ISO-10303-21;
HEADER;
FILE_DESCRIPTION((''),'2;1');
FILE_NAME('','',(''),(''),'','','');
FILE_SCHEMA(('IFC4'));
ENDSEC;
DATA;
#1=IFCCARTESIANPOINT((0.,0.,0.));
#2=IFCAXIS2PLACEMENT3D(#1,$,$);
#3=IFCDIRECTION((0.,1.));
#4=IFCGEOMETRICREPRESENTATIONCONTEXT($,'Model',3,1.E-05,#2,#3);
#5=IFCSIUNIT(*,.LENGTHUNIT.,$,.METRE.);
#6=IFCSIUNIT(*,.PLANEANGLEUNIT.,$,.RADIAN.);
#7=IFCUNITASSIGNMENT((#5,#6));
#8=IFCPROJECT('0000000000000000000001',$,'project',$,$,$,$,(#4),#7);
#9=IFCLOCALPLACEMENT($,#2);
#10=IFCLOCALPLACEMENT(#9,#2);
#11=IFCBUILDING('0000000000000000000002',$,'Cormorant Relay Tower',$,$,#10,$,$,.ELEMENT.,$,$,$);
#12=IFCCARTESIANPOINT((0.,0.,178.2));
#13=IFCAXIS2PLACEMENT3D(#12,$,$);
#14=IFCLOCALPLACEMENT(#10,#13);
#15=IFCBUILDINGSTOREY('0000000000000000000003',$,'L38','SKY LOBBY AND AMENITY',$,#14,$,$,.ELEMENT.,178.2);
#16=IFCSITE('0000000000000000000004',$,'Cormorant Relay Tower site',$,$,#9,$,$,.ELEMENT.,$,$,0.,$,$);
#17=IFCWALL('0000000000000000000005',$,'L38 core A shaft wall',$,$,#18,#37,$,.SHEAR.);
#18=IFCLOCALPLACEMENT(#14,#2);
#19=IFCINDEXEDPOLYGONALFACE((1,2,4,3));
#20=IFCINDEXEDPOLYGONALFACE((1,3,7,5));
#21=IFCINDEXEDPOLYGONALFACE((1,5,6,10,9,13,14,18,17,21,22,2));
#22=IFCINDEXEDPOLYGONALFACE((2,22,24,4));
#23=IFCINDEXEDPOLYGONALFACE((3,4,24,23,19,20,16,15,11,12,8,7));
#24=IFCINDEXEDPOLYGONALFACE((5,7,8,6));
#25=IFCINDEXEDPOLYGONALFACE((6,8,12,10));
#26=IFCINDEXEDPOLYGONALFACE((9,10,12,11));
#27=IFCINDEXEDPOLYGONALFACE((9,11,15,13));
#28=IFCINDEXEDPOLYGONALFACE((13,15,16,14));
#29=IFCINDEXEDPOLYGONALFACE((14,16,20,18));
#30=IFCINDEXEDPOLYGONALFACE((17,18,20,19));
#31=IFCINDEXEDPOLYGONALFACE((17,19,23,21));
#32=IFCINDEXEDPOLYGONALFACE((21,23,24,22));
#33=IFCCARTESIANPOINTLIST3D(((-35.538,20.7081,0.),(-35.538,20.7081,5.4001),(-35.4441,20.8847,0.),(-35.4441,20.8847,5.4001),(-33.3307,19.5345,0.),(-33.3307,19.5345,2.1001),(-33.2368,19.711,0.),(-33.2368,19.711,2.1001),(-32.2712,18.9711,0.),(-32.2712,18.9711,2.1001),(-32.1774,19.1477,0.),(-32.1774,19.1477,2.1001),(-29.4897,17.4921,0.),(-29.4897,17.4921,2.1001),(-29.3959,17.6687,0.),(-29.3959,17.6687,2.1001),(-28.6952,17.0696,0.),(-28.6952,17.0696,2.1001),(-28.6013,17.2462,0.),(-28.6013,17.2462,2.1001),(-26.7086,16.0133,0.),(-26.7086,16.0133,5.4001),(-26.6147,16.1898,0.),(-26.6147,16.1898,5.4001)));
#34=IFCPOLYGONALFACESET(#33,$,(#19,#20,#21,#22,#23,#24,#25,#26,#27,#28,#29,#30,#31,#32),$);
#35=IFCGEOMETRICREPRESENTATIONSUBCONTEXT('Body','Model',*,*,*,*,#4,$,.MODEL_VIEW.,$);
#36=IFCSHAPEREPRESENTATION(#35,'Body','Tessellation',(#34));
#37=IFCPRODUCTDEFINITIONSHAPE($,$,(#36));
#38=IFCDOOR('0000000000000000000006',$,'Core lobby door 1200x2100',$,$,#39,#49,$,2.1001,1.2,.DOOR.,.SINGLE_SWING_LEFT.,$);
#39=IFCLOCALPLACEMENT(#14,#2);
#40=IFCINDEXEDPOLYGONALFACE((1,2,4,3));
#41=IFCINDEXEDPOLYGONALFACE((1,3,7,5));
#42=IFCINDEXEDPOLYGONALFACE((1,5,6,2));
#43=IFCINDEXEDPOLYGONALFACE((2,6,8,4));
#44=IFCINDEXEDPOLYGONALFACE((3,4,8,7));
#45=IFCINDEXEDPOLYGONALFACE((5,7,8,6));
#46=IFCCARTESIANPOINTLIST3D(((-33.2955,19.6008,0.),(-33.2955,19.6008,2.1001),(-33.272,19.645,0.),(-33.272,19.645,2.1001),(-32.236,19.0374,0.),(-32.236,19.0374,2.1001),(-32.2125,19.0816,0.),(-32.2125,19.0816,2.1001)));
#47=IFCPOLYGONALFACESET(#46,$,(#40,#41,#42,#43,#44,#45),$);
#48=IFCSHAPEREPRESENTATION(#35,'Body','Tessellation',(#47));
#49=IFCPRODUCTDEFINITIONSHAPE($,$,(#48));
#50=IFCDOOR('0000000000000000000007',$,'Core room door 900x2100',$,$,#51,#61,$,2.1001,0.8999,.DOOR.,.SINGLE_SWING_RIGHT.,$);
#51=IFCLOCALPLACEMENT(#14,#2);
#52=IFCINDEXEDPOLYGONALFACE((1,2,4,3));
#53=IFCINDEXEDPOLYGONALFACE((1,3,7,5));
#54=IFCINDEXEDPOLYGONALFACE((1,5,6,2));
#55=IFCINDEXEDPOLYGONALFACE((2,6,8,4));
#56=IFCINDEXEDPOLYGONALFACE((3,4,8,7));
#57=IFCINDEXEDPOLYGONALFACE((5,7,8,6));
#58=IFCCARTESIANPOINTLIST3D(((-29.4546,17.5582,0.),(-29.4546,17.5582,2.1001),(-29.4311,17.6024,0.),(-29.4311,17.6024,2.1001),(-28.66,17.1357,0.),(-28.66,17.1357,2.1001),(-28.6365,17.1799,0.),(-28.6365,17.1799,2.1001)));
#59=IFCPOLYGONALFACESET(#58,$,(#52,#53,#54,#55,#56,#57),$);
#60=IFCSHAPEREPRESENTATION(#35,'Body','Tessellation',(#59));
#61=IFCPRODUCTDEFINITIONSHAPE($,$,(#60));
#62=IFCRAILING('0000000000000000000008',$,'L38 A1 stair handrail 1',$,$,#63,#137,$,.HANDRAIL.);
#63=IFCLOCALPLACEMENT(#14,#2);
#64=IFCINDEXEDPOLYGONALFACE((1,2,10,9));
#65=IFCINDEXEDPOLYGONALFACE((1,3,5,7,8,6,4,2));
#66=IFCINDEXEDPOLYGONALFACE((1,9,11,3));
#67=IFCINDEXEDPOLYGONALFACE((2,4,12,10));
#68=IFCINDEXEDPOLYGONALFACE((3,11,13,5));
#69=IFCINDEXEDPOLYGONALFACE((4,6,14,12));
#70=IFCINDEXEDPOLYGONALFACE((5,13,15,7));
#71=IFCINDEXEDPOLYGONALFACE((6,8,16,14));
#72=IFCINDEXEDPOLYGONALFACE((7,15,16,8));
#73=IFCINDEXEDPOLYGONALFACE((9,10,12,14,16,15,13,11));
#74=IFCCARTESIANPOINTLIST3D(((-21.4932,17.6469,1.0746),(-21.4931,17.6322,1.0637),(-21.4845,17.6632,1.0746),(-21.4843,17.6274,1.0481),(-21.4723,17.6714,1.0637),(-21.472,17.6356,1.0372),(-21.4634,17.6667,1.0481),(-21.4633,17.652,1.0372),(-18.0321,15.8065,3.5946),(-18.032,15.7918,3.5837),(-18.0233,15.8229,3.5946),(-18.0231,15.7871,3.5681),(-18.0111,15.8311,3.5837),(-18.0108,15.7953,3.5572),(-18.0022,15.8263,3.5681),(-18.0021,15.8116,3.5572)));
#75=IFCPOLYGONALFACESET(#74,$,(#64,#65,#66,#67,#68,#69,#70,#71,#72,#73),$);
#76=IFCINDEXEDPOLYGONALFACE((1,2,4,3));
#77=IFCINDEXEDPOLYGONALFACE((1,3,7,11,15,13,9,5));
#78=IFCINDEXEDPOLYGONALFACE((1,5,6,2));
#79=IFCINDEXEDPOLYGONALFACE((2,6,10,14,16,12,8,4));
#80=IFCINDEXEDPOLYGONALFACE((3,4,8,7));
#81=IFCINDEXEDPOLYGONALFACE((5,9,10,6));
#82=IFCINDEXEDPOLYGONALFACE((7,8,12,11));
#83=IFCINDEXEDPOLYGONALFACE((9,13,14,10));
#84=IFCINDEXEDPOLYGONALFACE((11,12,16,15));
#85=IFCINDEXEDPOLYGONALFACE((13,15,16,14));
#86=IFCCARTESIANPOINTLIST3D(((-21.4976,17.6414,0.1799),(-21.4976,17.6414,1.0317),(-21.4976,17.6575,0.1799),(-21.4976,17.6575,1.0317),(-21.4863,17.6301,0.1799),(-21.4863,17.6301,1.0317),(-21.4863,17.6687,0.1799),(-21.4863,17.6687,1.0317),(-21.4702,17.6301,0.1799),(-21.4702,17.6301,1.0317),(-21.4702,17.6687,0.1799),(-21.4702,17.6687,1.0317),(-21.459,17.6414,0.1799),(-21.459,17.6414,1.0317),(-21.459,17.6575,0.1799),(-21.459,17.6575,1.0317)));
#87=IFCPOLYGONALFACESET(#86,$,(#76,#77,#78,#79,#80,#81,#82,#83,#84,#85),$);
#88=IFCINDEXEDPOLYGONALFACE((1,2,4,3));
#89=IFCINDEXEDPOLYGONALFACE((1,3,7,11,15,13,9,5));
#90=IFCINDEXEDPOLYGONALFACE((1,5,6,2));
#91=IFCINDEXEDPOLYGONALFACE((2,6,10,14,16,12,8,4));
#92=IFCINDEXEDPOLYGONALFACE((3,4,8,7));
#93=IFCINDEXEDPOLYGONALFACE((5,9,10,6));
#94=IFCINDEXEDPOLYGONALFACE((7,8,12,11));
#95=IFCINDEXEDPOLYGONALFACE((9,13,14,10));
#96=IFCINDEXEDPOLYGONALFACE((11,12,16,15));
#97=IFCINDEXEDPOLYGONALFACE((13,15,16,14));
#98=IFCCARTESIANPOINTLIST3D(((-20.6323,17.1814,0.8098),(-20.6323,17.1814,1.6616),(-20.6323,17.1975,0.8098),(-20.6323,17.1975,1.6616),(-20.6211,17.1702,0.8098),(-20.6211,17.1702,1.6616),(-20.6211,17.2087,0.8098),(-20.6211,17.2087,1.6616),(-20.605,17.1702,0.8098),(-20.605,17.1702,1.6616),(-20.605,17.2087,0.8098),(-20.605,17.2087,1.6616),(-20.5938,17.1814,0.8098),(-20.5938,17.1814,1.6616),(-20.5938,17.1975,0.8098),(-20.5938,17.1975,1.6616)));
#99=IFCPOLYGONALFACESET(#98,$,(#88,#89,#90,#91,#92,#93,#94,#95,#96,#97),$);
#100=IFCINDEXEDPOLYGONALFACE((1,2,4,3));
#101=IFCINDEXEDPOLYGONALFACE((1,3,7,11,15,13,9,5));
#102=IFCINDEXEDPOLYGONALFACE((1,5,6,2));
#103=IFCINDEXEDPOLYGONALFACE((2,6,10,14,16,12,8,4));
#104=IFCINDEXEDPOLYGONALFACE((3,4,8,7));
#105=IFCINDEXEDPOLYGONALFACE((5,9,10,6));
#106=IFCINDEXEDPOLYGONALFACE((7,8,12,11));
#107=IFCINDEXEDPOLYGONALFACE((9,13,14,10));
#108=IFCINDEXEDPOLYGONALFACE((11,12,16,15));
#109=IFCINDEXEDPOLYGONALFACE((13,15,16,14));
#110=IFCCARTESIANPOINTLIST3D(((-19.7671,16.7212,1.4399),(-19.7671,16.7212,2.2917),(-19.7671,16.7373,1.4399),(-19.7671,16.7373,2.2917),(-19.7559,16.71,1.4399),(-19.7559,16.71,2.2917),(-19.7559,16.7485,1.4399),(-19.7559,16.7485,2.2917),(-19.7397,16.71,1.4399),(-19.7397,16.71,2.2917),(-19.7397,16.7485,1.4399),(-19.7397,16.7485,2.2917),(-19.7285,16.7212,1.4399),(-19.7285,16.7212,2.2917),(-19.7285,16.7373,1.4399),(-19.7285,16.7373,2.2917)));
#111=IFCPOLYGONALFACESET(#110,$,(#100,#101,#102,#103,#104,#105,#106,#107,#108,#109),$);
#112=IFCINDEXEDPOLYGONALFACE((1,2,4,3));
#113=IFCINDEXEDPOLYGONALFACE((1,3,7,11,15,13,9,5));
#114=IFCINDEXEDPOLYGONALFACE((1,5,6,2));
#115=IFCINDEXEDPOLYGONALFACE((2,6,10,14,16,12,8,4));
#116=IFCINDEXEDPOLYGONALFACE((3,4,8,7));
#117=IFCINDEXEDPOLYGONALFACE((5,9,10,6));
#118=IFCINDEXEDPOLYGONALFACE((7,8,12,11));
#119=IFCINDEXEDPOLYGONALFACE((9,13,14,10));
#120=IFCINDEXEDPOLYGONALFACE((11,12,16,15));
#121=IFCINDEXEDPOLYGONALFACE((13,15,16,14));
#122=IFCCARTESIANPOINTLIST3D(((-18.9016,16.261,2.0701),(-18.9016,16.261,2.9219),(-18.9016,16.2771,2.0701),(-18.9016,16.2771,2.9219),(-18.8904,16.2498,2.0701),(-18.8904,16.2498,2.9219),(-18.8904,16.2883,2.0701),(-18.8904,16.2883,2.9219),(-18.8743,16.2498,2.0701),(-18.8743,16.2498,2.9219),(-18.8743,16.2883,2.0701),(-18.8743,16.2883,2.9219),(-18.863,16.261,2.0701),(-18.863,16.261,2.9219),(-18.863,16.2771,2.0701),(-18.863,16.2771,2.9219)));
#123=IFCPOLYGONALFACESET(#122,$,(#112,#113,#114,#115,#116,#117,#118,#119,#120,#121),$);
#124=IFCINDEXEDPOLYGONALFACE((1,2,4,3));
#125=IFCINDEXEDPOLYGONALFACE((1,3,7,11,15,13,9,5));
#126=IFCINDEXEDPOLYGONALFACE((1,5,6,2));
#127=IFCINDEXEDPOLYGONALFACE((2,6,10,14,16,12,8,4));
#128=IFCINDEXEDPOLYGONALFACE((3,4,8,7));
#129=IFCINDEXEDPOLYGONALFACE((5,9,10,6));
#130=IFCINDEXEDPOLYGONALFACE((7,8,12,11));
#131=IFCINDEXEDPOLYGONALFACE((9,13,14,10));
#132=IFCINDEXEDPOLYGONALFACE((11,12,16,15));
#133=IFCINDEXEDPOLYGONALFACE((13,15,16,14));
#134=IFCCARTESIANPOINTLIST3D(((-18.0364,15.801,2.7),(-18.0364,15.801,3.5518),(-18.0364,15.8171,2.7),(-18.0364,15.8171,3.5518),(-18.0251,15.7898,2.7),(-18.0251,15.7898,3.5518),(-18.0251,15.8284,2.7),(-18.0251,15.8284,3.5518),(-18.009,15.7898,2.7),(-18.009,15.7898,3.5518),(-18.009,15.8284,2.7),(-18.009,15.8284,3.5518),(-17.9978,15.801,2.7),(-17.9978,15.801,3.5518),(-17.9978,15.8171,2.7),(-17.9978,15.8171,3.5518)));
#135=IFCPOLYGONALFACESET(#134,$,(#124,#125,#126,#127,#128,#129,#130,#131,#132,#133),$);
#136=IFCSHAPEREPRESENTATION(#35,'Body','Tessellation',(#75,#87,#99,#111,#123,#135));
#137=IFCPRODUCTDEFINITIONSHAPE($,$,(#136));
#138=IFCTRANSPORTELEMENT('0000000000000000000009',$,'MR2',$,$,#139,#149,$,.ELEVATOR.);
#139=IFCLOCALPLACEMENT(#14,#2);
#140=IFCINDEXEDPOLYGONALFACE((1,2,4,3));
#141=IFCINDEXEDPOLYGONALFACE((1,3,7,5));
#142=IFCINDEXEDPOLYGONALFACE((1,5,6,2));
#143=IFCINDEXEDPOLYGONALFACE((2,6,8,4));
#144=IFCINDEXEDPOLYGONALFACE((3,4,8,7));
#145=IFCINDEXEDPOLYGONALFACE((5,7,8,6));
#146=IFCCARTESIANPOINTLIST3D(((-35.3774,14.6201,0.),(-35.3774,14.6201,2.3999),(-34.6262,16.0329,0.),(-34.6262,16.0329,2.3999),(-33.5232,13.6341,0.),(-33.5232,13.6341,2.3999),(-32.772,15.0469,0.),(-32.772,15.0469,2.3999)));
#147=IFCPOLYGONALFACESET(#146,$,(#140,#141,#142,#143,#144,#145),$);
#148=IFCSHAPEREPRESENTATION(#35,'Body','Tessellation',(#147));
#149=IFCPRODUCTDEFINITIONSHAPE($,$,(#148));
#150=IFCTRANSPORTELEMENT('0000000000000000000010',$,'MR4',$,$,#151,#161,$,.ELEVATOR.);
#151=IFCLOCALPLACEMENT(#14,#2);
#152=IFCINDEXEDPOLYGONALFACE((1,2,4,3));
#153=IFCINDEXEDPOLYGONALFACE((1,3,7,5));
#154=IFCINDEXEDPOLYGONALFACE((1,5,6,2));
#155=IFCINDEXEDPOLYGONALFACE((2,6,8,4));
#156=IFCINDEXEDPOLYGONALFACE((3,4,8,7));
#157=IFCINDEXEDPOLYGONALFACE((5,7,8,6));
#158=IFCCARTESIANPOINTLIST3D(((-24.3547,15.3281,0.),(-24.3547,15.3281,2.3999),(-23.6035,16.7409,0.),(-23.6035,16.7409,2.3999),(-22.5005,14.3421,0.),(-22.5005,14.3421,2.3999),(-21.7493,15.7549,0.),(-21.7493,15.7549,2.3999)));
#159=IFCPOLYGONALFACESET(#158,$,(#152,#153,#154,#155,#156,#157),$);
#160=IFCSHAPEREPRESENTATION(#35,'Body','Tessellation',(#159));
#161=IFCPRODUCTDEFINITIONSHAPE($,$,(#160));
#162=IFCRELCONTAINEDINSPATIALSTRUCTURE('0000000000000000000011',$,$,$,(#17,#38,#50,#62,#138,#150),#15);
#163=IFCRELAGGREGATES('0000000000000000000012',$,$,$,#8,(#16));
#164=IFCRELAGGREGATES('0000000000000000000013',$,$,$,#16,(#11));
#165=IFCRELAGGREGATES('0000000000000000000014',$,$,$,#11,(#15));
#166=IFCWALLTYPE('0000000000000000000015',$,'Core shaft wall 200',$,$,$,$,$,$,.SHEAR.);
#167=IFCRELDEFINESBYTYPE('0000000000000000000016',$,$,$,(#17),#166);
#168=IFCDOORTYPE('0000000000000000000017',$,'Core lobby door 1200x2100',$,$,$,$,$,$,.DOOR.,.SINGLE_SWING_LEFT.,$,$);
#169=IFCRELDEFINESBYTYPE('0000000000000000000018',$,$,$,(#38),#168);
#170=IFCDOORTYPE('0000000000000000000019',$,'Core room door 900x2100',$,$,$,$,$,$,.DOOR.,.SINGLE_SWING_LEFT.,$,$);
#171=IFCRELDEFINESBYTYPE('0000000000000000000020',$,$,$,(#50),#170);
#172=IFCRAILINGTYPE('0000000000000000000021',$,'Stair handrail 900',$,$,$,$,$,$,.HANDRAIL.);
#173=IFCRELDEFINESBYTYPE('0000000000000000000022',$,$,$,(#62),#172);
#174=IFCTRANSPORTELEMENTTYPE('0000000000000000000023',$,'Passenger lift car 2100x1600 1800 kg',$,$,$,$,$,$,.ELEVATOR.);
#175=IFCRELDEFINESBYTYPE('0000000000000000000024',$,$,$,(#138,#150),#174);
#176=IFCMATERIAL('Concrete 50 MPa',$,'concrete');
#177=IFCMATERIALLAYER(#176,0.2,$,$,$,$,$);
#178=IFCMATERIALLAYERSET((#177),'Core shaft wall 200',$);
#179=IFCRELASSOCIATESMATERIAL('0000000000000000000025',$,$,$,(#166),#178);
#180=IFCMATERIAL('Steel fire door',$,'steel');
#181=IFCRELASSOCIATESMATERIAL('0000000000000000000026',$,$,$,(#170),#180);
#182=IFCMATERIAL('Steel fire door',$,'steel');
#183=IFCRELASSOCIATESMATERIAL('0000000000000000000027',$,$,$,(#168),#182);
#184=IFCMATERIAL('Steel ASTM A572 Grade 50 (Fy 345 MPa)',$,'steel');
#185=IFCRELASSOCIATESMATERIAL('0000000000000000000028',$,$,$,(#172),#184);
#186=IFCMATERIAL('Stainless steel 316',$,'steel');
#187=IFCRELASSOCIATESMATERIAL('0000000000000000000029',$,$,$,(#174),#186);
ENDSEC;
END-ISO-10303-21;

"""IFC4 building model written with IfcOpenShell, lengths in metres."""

from ifc_helpers import new_model, si_unit, direction, frame, frame_2d, origin, origin_2d, place, context, subcontext, project, spatial, polyline, rectangle, outline, extrude, material, layer, layer_set, type_object, element, fill, save


model = new_model("IFC4")

# Units and contexts
model_context = context("Model", 3, precision=1e-05, world=origin(), true_north=direction((0.0, 1.0)))
body_context = subcontext(model_context, "Body", "Model", "MODEL_VIEW")
ifc_project = project(units=[si_unit("LENGTHUNIT", "METRE"), si_unit("PLANEANGLEUNIT", "RADIAN")], contexts=[model_context])

# Site, building, storey
site_placement = place(None, origin())
site = spatial("IfcSite", under=ifc_project, at=site_placement, Name="Cormorant Relay Tower site", CompositionType="ELEMENT", RefElevation=0.0)
building_placement = place(site_placement, origin())
building = spatial("IfcBuilding", under=site, at=building_placement, Name="Cormorant Relay Tower", CompositionType="ELEMENT")
storey_placement = place(building_placement, frame((0.0, 0.0, 178.2)))
storey = spatial("IfcBuildingStorey", under=building, at=storey_placement, Name="L38", Description="SKY LOBBY AND AMENITY", CompositionType="ELEMENT", Elevation=178.2)

# Shared definitions
ifc_material_1 = material(Name="Concrete 50 MPa", Category="concrete")
ifc_layer_1 = layer(ifc_material_1, 0.2)
ifc_layer_set_1 = layer_set([ifc_layer_1], Name="Core shaft wall 200")
wall_type_1 = type_object("IfcWallType", Name="Core shaft wall 200", PredefinedType="SHEAR", material=ifc_layer_set_1)
ifc_material_2 = material(Name="Steel fire door", Category="steel")
door_type_1 = type_object("IfcDoorType", Name="Core room door 900x2100", OperationType="SINGLE_SWING_LEFT", PredefinedType="DOOR", material=ifc_material_2)

# Wall, openings, doors
wall_1_placement = place(storey_placement, frame((-26.6616, 16.1016, 0.0), z_axis=(0.0, 0.0, 1.0), x_axis=(-0.88294, 0.469485, 0.0)))
wall_1 = element("IfcWall", 1, at=wall_1_placement, inside=storey, type_object=wall_type_1, Name="L38 core A shaft wall", PredefinedType="SHEAR", context=body_context, shape_type="SweptSolid", body=[
    extrude(rectangle(XDim=10.0, YDim=0.2, at=frame_2d((5.0, 0.0))), origin(), (0.0, 0.0, 1.0), 5.4001),
])
opening_1_placement = place(wall_1_placement, frame((6.3, 0.0, 0.0)))
opening_1 = element("IfcOpeningElement", 2, at=opening_1_placement, cuts=wall_1, PredefinedType="OPENING", context=body_context, shape_type="SweptSolid", body=[
    extrude(rectangle(XDim=1.2, YDim=2.1001, at=frame_2d((0.6001, 1.05))), frame((0.0, 0.1099, 0.0), z_axis=(0.0, -1.0, 0.0), x_axis=(1.0, 0.0, 0.0)), (0.0, 0.0, 1.0), 0.22),
])
opening_2_placement = place(wall_1_placement, frame((2.25, 0.0, 0.0)))
opening_2 = element("IfcOpeningElement", 3, at=opening_2_placement, cuts=wall_1, PredefinedType="OPENING", context=body_context, shape_type="SweptSolid", body=[
    extrude(rectangle(XDim=0.8999, YDim=2.1001, at=frame_2d((0.45, 1.05))), frame((0.0, 0.1099, 0.0), z_axis=(0.0, -1.0, 0.0), x_axis=(1.0, 0.0, 0.0)), (0.0, 0.0, 1.0), 0.22),
])
ifc_material_3 = material(Name="Steel fire door", Category="steel")
door_type_2 = type_object("IfcDoorType", Name="Core lobby door 1200x2100", OperationType="SINGLE_SWING_LEFT", PredefinedType="DOOR", material=ifc_material_3)
door_1_placement = place(opening_1_placement, origin())
door_1 = element("IfcDoor", 4, at=door_1_placement, inside=storey, type_object=door_type_2, Name="Core lobby door 1200x2100", OperationType="SINGLE_SWING_LEFT", OverallHeight=2.1001, OverallWidth=1.2, PredefinedType="DOOR", context=body_context, shape_type="SweptSolid", body=[
    extrude(rectangle(XDim=1.2, YDim=2.1001, at=frame_2d((0.6001, 1.05))), frame((0.0, 0.0249, 0.0), z_axis=(0.0, -1.0, 0.0), x_axis=(1.0, 0.0, 0.0)), (0.0, 0.0, 1.0), 0.05),
])
fill(opening_1, door_1)
door_2_placement = place(opening_2_placement, frame((0.8999, 0.0, 0.0), z_axis=(0.0, 0.0, 1.0), x_axis=(-1.0, 0.0, 0.0)))
door_2 = element("IfcDoor", 5, at=door_2_placement, inside=storey, type_object=door_type_1, Name="Core room door 900x2100", OperationType="SINGLE_SWING_RIGHT", OverallHeight=2.1001, OverallWidth=0.8999, PredefinedType="DOOR", context=body_context, shape_type="SweptSolid", body=[
    extrude(rectangle(XDim=0.8999, YDim=2.1001, at=frame_2d((0.45, 1.05))), frame((0.0, 0.0249, 0.0), z_axis=(0.0, -1.0, 0.0), x_axis=(1.0, 0.0, 0.0)), (0.0, 0.0, 1.0), 0.05),
])
fill(opening_2, door_2)

# Railing
ifc_material_4 = material(Name="Steel ASTM A572 Grade 50 (Fy 345 MPa)", Category="steel")
railing_type = type_object("IfcRailingType", Name="Stair handrail 900", PredefinedType="HANDRAIL", material=ifc_material_4)
railing_placement = place(storey_placement, frame((-21.4783, 17.6494, 0.1799)))
element("IfcRailing", 6, at=railing_placement, inside=storey, type_object=railing_type, Name="L38 A1 stair handrail 1", PredefinedType="HANDRAIL", context=body_context, shape_type="SweptSolid", body=[
    extrude(outline(polyline([(0.0222, 0.0093), (0.0093, 0.0222), (-0.0093, 0.0222), (-0.0222, 0.0093), (-0.0222, -0.0093), (-0.0093, -0.0222), (0.0093, -0.0222), (0.0222, -0.0093), (0.0222, 0.0093)])), frame((0.0, 0.0, 0.876), z_axis=(0.742717, -0.394907, 0.540758), x_axis=(0.469469, 0.882949, 0.0)), (0.0, 0.0, 1.0), 4.6602),
    extrude(outline(polyline([(0.0193, 0.0081), (0.0081, 0.0193), (-0.0081, 0.0193), (-0.0193, 0.0081), (-0.0193, -0.0081), (-0.0081, -0.0193), (0.0081, -0.0193), (0.0193, -0.0081), (0.0193, 0.0081)])), origin(), (0.0, 0.0, 1.0), 0.8518),
    extrude(outline(polyline([(0.0193, 0.0081), (0.0081, 0.0193), (-0.0081, 0.0193), (-0.0193, 0.0081), (-0.0193, -0.0081), (-0.0081, -0.0193), (0.0081, -0.0193), (0.0193, -0.0081), (0.0193, 0.0081)])), frame((0.8652, -0.46, 0.6299)), (0.0, 0.0, 1.0), 0.8518),
    extrude(outline(polyline([(0.0193, 0.0081), (0.0081, 0.0193), (-0.0081, 0.0193), (-0.0193, 0.0081), (-0.0193, -0.0081), (-0.0081, -0.0193), (0.0081, -0.0193), (0.0193, -0.0081), (0.0193, 0.0081)])), frame((1.7305, -0.9202, 1.26)), (0.0, 0.0, 1.0), 0.8518),
    extrude(outline(polyline([(0.0193, 0.0081), (0.0081, 0.0193), (-0.0081, 0.0193), (-0.0193, 0.0081), (-0.0193, -0.0081), (-0.0081, -0.0193), (0.0081, -0.0193), (0.0193, -0.0081), (0.0193, 0.0081)])), frame((2.5959, -1.3804, 1.8901)), (0.0, 0.0, 1.0), 0.8518),
    extrude(outline(polyline([(0.0193, 0.0081), (0.0081, 0.0193), (-0.0081, 0.0193), (-0.0193, 0.0081), (-0.0193, -0.0081), (-0.0081, -0.0193), (0.0081, -0.0193), (0.0193, -0.0081), (0.0193, 0.0081)])), frame((3.4612, -1.8403, 2.52)), (0.0, 0.0, 1.0), 0.8518),
])

# Transport elements
ifc_material_5 = material(Name="Stainless steel 316", Category="steel")
transport_element_type = type_object("IfcTransportElementType", Name="Passenger lift car 2100x1600 1800 kg", PredefinedType="ELEVATOR", material=ifc_material_5)
for number, where, z_axis, x_axis, name in (
    (7, (-34.0747, 14.8335, 0.0), (0.0, 0.0, 1.0), (-0.882948, 0.469472, 0.0), "MR2"),
    (8, (-23.052, 15.5415, 0.0), (0.0, 0.0, 1.0), (-0.882948, 0.469472, 0.0), "MR4"),
):
    element("IfcTransportElement", number, at=place(storey_placement, frame(where, z_axis=z_axis, x_axis=x_axis)), inside=storey, type_object=transport_element_type, Name=name, PredefinedType="ELEVATOR", context=body_context, shape_type="SweptSolid", body=[
        extrude(rectangle(XDim=2.1001, YDim=1.6001, at=origin_2d()), origin(), (0.0, 0.0, 1.0), 2.3999),
    ])

save(model, "model.ifc")
